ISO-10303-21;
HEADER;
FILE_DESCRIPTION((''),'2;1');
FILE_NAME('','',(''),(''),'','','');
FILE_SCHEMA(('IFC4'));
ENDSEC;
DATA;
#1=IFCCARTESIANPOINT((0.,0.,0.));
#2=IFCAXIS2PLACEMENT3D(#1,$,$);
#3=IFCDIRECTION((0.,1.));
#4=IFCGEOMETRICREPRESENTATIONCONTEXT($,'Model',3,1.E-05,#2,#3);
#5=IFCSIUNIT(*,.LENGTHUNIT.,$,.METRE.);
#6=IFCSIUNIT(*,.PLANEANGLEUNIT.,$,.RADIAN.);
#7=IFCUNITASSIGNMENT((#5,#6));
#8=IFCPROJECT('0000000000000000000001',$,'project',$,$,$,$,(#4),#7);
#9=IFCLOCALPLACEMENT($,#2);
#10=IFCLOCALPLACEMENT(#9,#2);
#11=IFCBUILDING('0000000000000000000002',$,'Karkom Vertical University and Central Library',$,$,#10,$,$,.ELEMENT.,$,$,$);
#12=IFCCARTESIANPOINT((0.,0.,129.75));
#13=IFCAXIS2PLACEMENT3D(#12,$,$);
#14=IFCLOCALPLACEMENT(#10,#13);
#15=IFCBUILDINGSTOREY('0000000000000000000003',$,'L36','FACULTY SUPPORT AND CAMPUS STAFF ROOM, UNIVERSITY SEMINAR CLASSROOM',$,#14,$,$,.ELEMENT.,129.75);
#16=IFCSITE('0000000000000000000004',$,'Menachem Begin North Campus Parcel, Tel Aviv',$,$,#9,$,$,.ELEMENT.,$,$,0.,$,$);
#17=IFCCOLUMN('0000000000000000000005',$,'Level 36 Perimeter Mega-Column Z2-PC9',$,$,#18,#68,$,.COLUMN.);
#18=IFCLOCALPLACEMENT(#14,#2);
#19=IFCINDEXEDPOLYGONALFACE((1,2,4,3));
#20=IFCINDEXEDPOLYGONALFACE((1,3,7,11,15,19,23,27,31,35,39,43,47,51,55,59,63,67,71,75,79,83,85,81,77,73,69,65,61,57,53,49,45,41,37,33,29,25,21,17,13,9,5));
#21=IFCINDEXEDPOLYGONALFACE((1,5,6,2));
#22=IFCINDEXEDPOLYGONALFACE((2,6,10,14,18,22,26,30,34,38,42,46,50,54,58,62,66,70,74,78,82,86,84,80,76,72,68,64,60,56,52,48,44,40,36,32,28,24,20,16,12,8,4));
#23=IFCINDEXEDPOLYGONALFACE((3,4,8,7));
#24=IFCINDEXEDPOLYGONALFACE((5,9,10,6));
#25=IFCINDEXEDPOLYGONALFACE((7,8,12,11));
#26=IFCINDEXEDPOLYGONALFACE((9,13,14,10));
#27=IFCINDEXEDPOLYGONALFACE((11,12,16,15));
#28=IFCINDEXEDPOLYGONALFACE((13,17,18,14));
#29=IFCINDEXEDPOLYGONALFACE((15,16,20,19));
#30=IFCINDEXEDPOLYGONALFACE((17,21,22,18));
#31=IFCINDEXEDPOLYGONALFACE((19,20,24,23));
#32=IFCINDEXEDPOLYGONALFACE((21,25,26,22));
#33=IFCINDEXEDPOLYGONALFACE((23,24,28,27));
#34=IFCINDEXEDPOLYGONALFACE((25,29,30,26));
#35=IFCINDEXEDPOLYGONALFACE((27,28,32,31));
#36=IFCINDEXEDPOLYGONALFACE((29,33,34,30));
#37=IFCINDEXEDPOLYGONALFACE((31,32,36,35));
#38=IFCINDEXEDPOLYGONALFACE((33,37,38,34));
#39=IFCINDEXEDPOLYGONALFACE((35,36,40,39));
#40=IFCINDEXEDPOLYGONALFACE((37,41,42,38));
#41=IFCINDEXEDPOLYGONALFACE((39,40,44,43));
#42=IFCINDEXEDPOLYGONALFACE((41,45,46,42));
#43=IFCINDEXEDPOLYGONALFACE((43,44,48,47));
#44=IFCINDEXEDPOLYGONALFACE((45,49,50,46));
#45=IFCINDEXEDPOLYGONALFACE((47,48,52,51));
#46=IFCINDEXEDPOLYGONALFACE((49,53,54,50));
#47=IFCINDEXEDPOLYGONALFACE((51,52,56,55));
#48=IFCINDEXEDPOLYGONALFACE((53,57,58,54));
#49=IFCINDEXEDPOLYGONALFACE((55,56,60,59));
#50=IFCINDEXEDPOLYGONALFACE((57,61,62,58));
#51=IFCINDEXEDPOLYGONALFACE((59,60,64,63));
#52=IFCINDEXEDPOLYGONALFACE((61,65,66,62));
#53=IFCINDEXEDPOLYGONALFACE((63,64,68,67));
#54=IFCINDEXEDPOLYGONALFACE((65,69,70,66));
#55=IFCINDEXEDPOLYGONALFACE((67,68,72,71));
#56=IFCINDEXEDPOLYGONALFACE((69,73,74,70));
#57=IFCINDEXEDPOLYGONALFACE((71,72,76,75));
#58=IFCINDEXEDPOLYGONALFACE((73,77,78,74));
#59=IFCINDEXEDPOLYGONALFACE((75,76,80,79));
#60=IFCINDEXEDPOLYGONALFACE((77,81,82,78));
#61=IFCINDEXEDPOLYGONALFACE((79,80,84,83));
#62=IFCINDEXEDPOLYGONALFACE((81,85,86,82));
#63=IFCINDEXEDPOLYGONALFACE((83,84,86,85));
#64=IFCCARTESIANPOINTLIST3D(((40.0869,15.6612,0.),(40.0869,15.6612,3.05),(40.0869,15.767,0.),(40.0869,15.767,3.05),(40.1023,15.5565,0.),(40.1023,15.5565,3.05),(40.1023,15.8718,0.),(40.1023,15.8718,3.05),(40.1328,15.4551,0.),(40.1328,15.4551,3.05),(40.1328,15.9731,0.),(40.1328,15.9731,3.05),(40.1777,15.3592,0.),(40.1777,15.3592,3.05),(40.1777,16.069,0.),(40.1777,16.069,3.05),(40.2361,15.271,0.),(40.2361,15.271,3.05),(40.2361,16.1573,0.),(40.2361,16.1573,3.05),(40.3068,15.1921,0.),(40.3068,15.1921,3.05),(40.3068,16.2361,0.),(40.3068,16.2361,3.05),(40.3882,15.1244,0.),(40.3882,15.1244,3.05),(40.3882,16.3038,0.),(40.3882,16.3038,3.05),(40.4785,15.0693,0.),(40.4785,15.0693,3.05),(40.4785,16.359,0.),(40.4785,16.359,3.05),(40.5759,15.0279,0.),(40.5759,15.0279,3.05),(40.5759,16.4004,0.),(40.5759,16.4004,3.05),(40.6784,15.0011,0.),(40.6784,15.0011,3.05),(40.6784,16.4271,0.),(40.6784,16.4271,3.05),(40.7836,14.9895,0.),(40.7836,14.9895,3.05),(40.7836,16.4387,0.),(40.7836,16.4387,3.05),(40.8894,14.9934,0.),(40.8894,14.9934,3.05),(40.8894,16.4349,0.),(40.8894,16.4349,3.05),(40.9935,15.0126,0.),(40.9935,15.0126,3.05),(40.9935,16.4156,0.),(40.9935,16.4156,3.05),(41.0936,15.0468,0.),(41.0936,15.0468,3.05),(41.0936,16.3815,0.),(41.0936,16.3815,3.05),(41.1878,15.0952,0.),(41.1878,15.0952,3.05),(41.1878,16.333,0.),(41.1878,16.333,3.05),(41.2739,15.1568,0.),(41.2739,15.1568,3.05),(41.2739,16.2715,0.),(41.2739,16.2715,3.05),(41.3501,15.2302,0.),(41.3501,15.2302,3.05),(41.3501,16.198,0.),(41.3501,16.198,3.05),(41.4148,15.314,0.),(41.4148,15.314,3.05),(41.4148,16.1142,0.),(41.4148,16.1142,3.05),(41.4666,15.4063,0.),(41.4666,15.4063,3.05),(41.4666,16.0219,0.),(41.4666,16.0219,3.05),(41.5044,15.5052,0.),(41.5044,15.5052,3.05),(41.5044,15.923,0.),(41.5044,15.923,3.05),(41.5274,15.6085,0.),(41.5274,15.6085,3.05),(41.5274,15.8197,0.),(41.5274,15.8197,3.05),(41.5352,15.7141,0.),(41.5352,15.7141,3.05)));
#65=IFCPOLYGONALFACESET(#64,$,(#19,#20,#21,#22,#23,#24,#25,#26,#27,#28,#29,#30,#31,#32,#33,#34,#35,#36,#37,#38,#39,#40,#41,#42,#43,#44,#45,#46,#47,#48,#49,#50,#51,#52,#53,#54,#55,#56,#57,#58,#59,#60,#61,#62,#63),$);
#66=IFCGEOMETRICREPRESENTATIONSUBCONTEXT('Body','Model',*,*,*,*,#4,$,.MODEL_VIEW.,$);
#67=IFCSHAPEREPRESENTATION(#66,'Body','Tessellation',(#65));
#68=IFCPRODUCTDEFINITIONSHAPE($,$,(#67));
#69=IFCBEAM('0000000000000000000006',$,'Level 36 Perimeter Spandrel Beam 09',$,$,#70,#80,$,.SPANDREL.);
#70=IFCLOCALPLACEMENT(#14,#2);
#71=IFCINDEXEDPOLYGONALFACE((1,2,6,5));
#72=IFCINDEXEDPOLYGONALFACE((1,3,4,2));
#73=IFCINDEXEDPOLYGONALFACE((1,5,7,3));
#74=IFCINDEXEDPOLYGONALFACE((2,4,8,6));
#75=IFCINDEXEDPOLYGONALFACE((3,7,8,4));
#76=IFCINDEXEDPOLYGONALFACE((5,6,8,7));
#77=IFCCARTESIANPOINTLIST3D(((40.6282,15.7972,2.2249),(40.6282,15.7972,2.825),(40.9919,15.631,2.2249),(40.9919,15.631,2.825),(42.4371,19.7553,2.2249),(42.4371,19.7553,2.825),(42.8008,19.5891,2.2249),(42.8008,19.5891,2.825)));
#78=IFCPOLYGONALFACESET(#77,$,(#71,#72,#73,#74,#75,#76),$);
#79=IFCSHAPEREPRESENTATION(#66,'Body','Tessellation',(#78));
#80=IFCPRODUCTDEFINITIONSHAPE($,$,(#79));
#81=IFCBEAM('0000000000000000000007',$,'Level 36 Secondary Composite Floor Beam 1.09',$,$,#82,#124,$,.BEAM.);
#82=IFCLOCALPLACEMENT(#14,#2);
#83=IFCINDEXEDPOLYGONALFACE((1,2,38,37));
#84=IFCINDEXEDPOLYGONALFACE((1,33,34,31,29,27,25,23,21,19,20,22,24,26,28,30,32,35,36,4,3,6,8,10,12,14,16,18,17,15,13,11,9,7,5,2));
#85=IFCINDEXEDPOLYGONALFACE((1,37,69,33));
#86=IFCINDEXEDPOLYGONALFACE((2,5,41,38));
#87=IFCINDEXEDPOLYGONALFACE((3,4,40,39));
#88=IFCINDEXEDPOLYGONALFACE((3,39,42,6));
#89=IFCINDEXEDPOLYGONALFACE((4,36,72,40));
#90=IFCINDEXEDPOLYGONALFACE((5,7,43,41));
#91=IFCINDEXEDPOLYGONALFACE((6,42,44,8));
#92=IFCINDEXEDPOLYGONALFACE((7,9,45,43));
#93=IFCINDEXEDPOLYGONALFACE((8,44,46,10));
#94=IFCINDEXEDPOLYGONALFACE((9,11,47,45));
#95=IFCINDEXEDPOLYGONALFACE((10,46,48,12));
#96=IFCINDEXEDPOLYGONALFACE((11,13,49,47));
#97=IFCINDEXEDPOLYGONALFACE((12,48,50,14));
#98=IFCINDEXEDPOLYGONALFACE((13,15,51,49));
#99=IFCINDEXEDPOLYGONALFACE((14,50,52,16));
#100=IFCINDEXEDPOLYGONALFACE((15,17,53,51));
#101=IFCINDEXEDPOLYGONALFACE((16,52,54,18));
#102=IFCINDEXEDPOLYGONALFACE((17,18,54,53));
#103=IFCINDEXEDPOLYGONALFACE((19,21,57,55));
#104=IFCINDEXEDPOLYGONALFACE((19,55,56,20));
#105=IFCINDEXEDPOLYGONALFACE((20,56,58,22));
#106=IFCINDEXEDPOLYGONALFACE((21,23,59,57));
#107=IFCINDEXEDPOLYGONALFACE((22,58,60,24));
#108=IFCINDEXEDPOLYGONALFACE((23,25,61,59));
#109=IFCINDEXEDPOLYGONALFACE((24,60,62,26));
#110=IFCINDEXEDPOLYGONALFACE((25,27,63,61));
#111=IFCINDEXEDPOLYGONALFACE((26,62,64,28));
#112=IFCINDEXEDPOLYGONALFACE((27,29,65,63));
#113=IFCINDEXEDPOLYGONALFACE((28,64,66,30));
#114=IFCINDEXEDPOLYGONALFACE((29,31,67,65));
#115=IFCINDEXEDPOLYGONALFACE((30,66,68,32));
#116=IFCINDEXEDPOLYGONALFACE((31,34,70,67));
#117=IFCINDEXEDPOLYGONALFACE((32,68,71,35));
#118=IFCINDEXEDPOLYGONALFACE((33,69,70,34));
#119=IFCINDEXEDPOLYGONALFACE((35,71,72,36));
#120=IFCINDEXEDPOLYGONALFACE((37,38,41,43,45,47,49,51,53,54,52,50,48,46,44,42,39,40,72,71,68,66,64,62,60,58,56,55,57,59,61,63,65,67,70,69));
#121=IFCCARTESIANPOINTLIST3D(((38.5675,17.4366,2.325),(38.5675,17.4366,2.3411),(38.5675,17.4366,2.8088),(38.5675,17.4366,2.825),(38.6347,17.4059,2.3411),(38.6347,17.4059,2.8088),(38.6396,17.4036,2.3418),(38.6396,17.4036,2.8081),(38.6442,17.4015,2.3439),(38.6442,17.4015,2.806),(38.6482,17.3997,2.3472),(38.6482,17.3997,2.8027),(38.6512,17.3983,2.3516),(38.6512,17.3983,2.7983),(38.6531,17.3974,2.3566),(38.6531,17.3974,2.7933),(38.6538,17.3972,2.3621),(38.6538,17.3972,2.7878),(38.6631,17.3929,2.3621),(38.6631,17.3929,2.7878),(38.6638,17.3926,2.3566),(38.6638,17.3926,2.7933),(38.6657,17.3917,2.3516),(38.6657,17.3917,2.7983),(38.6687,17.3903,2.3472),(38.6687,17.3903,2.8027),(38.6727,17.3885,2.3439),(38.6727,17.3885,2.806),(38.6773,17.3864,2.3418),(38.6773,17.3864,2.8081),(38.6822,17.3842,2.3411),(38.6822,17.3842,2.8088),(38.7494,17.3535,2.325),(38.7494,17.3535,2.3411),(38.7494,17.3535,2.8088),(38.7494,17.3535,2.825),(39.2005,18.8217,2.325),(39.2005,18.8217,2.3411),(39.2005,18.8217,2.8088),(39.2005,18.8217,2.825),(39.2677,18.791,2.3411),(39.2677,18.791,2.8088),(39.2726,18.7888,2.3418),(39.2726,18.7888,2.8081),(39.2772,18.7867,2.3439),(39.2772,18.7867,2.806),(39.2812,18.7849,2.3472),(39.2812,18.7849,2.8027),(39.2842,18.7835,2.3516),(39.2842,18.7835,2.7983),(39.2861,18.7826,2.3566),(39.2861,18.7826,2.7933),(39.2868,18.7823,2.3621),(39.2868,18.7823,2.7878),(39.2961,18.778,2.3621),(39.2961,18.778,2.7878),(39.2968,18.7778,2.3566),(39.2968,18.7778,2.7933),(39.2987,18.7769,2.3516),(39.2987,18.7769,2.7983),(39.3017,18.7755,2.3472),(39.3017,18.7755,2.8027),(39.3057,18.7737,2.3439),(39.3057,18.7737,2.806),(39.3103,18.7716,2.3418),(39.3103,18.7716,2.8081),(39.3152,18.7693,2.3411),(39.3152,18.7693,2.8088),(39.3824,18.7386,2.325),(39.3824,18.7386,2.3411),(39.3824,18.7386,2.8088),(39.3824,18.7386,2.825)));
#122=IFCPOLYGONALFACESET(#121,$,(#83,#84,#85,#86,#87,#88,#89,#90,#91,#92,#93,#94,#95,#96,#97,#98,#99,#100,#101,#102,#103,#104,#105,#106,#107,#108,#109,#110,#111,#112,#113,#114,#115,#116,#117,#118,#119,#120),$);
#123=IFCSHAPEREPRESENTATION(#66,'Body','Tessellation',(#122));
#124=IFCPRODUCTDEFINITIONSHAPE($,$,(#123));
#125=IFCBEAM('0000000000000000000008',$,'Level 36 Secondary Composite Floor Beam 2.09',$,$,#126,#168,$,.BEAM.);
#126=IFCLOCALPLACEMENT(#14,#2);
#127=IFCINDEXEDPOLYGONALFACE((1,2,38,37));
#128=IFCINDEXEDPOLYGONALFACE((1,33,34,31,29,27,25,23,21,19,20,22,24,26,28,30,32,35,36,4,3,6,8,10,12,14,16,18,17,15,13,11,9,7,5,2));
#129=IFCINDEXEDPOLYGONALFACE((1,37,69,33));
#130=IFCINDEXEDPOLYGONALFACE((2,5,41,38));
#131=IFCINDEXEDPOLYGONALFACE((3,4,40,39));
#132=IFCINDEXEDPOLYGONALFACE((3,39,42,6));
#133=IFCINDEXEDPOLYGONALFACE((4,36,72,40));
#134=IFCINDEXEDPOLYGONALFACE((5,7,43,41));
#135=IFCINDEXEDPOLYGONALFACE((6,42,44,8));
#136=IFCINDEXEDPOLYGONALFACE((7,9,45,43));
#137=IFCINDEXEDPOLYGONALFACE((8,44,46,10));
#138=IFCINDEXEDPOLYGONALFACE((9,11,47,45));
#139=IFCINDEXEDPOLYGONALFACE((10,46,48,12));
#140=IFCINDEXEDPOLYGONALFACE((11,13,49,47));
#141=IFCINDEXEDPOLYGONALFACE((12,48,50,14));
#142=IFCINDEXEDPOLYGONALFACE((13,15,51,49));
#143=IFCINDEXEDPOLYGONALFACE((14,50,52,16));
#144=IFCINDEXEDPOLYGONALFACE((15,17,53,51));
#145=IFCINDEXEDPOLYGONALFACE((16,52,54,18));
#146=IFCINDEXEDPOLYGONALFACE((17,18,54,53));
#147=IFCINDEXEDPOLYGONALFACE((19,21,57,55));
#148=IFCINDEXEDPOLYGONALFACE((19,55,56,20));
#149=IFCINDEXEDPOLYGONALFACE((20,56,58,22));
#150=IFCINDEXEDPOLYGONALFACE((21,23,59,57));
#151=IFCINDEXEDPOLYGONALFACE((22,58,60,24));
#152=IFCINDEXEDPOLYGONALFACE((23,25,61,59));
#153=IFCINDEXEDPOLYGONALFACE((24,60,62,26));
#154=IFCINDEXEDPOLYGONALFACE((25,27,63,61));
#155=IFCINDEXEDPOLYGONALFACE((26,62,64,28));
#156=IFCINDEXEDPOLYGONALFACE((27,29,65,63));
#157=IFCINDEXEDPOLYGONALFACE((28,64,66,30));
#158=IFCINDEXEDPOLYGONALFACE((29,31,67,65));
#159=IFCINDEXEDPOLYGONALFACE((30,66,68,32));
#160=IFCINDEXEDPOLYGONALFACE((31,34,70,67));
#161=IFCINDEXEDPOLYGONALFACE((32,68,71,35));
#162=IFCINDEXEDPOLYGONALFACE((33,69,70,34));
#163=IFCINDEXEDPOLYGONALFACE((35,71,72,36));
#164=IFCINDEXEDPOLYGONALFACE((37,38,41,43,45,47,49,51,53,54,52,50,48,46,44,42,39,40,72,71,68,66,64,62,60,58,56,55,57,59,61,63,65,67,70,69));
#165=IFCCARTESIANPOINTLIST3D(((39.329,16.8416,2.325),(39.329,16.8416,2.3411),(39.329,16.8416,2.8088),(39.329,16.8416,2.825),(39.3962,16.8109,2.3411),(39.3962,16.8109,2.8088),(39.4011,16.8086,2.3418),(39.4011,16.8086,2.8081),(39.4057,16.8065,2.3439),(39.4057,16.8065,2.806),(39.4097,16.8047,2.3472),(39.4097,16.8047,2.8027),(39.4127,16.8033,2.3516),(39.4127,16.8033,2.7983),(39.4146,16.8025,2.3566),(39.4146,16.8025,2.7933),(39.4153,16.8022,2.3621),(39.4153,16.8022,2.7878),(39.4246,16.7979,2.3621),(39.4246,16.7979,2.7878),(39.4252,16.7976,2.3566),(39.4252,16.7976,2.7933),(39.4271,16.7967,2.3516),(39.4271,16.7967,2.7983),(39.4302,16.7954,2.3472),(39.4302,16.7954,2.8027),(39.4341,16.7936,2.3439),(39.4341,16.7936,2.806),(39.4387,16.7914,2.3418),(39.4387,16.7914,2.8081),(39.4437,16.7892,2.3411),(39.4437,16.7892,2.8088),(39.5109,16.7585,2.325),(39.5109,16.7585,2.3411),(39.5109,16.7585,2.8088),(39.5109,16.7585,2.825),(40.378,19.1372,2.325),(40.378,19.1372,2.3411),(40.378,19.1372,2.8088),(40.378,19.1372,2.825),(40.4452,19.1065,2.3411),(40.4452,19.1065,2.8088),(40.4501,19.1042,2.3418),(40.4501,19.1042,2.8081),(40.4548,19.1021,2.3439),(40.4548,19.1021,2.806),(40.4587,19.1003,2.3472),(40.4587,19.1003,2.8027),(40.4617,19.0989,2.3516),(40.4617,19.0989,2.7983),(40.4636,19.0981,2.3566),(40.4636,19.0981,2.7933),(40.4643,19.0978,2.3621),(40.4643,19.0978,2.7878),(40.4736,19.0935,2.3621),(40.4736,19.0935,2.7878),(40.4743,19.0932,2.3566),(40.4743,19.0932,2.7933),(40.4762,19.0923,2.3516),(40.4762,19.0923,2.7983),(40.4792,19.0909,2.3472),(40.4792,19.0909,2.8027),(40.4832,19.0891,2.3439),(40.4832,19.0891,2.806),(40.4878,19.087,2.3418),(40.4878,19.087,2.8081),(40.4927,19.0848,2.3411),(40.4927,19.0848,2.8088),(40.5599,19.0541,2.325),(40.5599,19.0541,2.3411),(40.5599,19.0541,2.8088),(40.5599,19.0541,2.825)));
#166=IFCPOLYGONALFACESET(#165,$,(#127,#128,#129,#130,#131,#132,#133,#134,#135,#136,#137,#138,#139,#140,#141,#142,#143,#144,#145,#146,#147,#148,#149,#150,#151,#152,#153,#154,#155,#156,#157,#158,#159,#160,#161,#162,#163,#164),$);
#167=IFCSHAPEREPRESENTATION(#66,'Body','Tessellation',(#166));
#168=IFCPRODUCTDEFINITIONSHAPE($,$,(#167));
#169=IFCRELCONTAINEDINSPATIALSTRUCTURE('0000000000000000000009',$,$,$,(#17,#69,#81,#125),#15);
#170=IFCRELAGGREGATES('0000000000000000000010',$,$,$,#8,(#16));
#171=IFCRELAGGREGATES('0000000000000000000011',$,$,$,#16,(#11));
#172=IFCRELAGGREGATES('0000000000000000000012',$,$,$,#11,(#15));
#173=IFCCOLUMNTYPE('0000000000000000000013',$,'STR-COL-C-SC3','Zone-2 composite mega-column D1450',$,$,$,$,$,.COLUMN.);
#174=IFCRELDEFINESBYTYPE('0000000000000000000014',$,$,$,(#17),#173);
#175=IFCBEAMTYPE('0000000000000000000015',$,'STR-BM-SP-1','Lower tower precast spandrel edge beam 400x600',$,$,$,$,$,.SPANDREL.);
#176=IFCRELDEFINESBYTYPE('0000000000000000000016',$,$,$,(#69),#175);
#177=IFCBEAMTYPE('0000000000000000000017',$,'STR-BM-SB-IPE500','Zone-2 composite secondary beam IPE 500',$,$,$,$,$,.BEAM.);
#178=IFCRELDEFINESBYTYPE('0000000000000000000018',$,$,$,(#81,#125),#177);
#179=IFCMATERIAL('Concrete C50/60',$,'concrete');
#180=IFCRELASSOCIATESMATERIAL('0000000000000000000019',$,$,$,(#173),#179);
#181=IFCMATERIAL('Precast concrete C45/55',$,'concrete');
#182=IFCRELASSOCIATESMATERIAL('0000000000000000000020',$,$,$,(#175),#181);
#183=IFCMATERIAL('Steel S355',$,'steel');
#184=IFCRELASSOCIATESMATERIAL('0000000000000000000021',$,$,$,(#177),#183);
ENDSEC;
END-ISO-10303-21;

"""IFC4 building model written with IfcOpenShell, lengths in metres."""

from ifc_helpers import new_model, si_unit, direction, frame, origin, origin_with_axes, origin_2d, place, context, subcontext, project, spatial, rectangle, circle, i_section, extrude, source, transform, mapped, material, material_profile, profile_set, type_object, element, save


model = new_model("IFC4")

# Units and contexts
model_context = context("Model", 3, precision=1e-05, world=origin(), true_north=direction((0.0, 1.0)))
body_context = subcontext(model_context, "Body", "Model", "MODEL_VIEW")
ifc_project = project(units=[si_unit("LENGTHUNIT", "METRE"), si_unit("PLANEANGLEUNIT", "RADIAN")], contexts=[model_context])

# Site, building, storey
site_placement = place(None, origin())
site = spatial("IfcSite", under=ifc_project, at=site_placement, Name="Menachem Begin North Campus Parcel, Tel Aviv", CompositionType="ELEMENT", RefElevation=0.0)
building_placement = place(site_placement, origin())
building = spatial("IfcBuilding", under=site, at=building_placement, Name="Karkom Vertical University and Central Library", CompositionType="ELEMENT")
storey_placement = place(building_placement, frame((0.0, 0.0, 129.75)))
storey = spatial("IfcBuildingStorey", under=building, at=storey_placement, Name="L36", Description="FACULTY SUPPORT AND CAMPUS STAFF ROOM, UNIVERSITY SEMINAR CLASSROOM", CompositionType="ELEMENT", Elevation=129.75)

# Column
ifc_material_1 = material(Name="Concrete C50/60", Category="concrete")
ifc_material_profile_1 = material_profile(ifc_material_1, circle(Radius=0.7251, at=origin_2d()), Name="CFT-D1450")
ifc_profile_set_1 = profile_set([ifc_material_profile_1], Name="Concrete C50/60")
column_type = type_object("IfcColumnType", Name="STR-COL-C-SC3", Description="Zone-2 composite mega-column D1450", PredefinedType="COLUMN", material=ifc_profile_set_1)
shared_shape_1 = source(origin_with_axes(), body_context, "Body", "SweptSolid", [
    extrude(circle(Radius=0.7251, at=origin_2d()), origin(), (0.0, 0.0, 1.0), 3.05),
])
column_placement = place(storey_placement, frame((40.8101, 15.7141, 0.0), z_axis=(0.0, 0.0, 1.0), x_axis=(1.0, 0.0, 0.0)))
element("IfcColumn", 1, at=column_placement, inside=storey, type_object=column_type, Name="Level 36 Perimeter Mega-Column Z2-PC9", PredefinedType="COLUMN", context=body_context, shape_type="MappedRepresentation", body=[
    mapped(shared_shape_1, transform((0.0, 0.0, 0.0), scale=1.0)),
])

# Beams
ifc_material_2 = material(Name="Precast concrete C45/55", Category="concrete")
ifc_material_profile_2 = material_profile(ifc_material_2, rectangle(XDim=0.3999, YDim=0.6001, at=origin_2d()), Name="SPB-400x600")
ifc_profile_set_2 = profile_set([ifc_material_profile_2], Name="Precast concrete C45/55")
beam_type_1 = type_object("IfcBeamType", Name="STR-BM-SP-1", Description="Lower tower precast spandrel edge beam 400x600", PredefinedType="SPANDREL", material=ifc_profile_set_2)
shared_shape_2 = source(origin_with_axes(), body_context, "Body", "SweptSolid", [
    extrude(rectangle(XDim=0.3999, YDim=0.6001, at=origin_2d()), origin(), (0.0, 0.0, 1.0), 4.3518),
])
beam_1_placement = place(storey_placement, frame((40.8101, 15.7141, 2.5249), z_axis=(0.415658, 0.909521, 0.0), x_axis=(-0.909521, 0.415658, 0.0)))
element("IfcBeam", 2, at=beam_1_placement, inside=storey, type_object=beam_type_1, Name="Level 36 Perimeter Spandrel Beam 09", PredefinedType="SPANDREL", context=body_context, shape_type="MappedRepresentation", body=[
    mapped(shared_shape_2, transform((0.0, 0.0, 0.0), scale=1.0)),
])
ifc_material_3 = material(Name="Steel S355", Category="steel")
ifc_material_profile_3 = material_profile(ifc_material_3, i_section(OverallWidth=0.2, OverallDepth=0.5, WebThickness=0.0103, FlangeThickness=0.0161, FilletRadius=0.021, at=origin_2d()), Name="IPE 500")
ifc_profile_set_3 = profile_set([ifc_material_profile_3], Name="Steel S355")
beam_type_2 = type_object("IfcBeamType", Name="STR-BM-SB-IPE500", Description="Zone-2 composite secondary beam IPE 500", PredefinedType="BEAM", material=ifc_profile_set_3)
shared_shape_3 = source(origin_with_axes(), body_context, "Body", "SweptSolid", [
    extrude(i_section(OverallWidth=0.2, OverallDepth=0.5, WebThickness=0.0103, FlangeThickness=0.0161, FilletRadius=0.021, at=origin_2d()), origin(), (0.0, 0.0, 1.0), 1.5229),
])
beam_2_placement = place(storey_placement, frame((38.6584, 17.395, 2.575), z_axis=(0.41565, 0.909525, 0.0), x_axis=(-0.909525, 0.41565, 0.0)))
element("IfcBeam", 3, at=beam_2_placement, inside=storey, type_object=beam_type_2, Name="Level 36 Secondary Composite Floor Beam 1.09", PredefinedType="BEAM", context=body_context, shape_type="MappedRepresentation", body=[
    mapped(shared_shape_3, transform((0.0, 0.0, 0.0), scale=1.0)),
])
shared_shape_4 = source(origin_with_axes(), body_context, "Body", "SweptSolid", [
    extrude(i_section(OverallWidth=0.2, OverallDepth=0.5, WebThickness=0.0103, FlangeThickness=0.0161, FilletRadius=0.021, at=origin_2d()), origin(), (0.0, 0.0, 1.0), 2.5239),
])
beam_3_placement = place(storey_placement, frame((39.4199, 16.8, 2.575), z_axis=(0.415639, 0.90953, 0.0), x_axis=(-0.90953, 0.415639, 0.0)))
element("IfcBeam", 4, at=beam_3_placement, inside=storey, type_object=beam_type_2, Name="Level 36 Secondary Composite Floor Beam 2.09", PredefinedType="BEAM", context=body_context, shape_type="MappedRepresentation", body=[
    mapped(shared_shape_4, transform((0.0, 0.0, 0.0), scale=1.0)),
])

save(model, "model.ifc")
